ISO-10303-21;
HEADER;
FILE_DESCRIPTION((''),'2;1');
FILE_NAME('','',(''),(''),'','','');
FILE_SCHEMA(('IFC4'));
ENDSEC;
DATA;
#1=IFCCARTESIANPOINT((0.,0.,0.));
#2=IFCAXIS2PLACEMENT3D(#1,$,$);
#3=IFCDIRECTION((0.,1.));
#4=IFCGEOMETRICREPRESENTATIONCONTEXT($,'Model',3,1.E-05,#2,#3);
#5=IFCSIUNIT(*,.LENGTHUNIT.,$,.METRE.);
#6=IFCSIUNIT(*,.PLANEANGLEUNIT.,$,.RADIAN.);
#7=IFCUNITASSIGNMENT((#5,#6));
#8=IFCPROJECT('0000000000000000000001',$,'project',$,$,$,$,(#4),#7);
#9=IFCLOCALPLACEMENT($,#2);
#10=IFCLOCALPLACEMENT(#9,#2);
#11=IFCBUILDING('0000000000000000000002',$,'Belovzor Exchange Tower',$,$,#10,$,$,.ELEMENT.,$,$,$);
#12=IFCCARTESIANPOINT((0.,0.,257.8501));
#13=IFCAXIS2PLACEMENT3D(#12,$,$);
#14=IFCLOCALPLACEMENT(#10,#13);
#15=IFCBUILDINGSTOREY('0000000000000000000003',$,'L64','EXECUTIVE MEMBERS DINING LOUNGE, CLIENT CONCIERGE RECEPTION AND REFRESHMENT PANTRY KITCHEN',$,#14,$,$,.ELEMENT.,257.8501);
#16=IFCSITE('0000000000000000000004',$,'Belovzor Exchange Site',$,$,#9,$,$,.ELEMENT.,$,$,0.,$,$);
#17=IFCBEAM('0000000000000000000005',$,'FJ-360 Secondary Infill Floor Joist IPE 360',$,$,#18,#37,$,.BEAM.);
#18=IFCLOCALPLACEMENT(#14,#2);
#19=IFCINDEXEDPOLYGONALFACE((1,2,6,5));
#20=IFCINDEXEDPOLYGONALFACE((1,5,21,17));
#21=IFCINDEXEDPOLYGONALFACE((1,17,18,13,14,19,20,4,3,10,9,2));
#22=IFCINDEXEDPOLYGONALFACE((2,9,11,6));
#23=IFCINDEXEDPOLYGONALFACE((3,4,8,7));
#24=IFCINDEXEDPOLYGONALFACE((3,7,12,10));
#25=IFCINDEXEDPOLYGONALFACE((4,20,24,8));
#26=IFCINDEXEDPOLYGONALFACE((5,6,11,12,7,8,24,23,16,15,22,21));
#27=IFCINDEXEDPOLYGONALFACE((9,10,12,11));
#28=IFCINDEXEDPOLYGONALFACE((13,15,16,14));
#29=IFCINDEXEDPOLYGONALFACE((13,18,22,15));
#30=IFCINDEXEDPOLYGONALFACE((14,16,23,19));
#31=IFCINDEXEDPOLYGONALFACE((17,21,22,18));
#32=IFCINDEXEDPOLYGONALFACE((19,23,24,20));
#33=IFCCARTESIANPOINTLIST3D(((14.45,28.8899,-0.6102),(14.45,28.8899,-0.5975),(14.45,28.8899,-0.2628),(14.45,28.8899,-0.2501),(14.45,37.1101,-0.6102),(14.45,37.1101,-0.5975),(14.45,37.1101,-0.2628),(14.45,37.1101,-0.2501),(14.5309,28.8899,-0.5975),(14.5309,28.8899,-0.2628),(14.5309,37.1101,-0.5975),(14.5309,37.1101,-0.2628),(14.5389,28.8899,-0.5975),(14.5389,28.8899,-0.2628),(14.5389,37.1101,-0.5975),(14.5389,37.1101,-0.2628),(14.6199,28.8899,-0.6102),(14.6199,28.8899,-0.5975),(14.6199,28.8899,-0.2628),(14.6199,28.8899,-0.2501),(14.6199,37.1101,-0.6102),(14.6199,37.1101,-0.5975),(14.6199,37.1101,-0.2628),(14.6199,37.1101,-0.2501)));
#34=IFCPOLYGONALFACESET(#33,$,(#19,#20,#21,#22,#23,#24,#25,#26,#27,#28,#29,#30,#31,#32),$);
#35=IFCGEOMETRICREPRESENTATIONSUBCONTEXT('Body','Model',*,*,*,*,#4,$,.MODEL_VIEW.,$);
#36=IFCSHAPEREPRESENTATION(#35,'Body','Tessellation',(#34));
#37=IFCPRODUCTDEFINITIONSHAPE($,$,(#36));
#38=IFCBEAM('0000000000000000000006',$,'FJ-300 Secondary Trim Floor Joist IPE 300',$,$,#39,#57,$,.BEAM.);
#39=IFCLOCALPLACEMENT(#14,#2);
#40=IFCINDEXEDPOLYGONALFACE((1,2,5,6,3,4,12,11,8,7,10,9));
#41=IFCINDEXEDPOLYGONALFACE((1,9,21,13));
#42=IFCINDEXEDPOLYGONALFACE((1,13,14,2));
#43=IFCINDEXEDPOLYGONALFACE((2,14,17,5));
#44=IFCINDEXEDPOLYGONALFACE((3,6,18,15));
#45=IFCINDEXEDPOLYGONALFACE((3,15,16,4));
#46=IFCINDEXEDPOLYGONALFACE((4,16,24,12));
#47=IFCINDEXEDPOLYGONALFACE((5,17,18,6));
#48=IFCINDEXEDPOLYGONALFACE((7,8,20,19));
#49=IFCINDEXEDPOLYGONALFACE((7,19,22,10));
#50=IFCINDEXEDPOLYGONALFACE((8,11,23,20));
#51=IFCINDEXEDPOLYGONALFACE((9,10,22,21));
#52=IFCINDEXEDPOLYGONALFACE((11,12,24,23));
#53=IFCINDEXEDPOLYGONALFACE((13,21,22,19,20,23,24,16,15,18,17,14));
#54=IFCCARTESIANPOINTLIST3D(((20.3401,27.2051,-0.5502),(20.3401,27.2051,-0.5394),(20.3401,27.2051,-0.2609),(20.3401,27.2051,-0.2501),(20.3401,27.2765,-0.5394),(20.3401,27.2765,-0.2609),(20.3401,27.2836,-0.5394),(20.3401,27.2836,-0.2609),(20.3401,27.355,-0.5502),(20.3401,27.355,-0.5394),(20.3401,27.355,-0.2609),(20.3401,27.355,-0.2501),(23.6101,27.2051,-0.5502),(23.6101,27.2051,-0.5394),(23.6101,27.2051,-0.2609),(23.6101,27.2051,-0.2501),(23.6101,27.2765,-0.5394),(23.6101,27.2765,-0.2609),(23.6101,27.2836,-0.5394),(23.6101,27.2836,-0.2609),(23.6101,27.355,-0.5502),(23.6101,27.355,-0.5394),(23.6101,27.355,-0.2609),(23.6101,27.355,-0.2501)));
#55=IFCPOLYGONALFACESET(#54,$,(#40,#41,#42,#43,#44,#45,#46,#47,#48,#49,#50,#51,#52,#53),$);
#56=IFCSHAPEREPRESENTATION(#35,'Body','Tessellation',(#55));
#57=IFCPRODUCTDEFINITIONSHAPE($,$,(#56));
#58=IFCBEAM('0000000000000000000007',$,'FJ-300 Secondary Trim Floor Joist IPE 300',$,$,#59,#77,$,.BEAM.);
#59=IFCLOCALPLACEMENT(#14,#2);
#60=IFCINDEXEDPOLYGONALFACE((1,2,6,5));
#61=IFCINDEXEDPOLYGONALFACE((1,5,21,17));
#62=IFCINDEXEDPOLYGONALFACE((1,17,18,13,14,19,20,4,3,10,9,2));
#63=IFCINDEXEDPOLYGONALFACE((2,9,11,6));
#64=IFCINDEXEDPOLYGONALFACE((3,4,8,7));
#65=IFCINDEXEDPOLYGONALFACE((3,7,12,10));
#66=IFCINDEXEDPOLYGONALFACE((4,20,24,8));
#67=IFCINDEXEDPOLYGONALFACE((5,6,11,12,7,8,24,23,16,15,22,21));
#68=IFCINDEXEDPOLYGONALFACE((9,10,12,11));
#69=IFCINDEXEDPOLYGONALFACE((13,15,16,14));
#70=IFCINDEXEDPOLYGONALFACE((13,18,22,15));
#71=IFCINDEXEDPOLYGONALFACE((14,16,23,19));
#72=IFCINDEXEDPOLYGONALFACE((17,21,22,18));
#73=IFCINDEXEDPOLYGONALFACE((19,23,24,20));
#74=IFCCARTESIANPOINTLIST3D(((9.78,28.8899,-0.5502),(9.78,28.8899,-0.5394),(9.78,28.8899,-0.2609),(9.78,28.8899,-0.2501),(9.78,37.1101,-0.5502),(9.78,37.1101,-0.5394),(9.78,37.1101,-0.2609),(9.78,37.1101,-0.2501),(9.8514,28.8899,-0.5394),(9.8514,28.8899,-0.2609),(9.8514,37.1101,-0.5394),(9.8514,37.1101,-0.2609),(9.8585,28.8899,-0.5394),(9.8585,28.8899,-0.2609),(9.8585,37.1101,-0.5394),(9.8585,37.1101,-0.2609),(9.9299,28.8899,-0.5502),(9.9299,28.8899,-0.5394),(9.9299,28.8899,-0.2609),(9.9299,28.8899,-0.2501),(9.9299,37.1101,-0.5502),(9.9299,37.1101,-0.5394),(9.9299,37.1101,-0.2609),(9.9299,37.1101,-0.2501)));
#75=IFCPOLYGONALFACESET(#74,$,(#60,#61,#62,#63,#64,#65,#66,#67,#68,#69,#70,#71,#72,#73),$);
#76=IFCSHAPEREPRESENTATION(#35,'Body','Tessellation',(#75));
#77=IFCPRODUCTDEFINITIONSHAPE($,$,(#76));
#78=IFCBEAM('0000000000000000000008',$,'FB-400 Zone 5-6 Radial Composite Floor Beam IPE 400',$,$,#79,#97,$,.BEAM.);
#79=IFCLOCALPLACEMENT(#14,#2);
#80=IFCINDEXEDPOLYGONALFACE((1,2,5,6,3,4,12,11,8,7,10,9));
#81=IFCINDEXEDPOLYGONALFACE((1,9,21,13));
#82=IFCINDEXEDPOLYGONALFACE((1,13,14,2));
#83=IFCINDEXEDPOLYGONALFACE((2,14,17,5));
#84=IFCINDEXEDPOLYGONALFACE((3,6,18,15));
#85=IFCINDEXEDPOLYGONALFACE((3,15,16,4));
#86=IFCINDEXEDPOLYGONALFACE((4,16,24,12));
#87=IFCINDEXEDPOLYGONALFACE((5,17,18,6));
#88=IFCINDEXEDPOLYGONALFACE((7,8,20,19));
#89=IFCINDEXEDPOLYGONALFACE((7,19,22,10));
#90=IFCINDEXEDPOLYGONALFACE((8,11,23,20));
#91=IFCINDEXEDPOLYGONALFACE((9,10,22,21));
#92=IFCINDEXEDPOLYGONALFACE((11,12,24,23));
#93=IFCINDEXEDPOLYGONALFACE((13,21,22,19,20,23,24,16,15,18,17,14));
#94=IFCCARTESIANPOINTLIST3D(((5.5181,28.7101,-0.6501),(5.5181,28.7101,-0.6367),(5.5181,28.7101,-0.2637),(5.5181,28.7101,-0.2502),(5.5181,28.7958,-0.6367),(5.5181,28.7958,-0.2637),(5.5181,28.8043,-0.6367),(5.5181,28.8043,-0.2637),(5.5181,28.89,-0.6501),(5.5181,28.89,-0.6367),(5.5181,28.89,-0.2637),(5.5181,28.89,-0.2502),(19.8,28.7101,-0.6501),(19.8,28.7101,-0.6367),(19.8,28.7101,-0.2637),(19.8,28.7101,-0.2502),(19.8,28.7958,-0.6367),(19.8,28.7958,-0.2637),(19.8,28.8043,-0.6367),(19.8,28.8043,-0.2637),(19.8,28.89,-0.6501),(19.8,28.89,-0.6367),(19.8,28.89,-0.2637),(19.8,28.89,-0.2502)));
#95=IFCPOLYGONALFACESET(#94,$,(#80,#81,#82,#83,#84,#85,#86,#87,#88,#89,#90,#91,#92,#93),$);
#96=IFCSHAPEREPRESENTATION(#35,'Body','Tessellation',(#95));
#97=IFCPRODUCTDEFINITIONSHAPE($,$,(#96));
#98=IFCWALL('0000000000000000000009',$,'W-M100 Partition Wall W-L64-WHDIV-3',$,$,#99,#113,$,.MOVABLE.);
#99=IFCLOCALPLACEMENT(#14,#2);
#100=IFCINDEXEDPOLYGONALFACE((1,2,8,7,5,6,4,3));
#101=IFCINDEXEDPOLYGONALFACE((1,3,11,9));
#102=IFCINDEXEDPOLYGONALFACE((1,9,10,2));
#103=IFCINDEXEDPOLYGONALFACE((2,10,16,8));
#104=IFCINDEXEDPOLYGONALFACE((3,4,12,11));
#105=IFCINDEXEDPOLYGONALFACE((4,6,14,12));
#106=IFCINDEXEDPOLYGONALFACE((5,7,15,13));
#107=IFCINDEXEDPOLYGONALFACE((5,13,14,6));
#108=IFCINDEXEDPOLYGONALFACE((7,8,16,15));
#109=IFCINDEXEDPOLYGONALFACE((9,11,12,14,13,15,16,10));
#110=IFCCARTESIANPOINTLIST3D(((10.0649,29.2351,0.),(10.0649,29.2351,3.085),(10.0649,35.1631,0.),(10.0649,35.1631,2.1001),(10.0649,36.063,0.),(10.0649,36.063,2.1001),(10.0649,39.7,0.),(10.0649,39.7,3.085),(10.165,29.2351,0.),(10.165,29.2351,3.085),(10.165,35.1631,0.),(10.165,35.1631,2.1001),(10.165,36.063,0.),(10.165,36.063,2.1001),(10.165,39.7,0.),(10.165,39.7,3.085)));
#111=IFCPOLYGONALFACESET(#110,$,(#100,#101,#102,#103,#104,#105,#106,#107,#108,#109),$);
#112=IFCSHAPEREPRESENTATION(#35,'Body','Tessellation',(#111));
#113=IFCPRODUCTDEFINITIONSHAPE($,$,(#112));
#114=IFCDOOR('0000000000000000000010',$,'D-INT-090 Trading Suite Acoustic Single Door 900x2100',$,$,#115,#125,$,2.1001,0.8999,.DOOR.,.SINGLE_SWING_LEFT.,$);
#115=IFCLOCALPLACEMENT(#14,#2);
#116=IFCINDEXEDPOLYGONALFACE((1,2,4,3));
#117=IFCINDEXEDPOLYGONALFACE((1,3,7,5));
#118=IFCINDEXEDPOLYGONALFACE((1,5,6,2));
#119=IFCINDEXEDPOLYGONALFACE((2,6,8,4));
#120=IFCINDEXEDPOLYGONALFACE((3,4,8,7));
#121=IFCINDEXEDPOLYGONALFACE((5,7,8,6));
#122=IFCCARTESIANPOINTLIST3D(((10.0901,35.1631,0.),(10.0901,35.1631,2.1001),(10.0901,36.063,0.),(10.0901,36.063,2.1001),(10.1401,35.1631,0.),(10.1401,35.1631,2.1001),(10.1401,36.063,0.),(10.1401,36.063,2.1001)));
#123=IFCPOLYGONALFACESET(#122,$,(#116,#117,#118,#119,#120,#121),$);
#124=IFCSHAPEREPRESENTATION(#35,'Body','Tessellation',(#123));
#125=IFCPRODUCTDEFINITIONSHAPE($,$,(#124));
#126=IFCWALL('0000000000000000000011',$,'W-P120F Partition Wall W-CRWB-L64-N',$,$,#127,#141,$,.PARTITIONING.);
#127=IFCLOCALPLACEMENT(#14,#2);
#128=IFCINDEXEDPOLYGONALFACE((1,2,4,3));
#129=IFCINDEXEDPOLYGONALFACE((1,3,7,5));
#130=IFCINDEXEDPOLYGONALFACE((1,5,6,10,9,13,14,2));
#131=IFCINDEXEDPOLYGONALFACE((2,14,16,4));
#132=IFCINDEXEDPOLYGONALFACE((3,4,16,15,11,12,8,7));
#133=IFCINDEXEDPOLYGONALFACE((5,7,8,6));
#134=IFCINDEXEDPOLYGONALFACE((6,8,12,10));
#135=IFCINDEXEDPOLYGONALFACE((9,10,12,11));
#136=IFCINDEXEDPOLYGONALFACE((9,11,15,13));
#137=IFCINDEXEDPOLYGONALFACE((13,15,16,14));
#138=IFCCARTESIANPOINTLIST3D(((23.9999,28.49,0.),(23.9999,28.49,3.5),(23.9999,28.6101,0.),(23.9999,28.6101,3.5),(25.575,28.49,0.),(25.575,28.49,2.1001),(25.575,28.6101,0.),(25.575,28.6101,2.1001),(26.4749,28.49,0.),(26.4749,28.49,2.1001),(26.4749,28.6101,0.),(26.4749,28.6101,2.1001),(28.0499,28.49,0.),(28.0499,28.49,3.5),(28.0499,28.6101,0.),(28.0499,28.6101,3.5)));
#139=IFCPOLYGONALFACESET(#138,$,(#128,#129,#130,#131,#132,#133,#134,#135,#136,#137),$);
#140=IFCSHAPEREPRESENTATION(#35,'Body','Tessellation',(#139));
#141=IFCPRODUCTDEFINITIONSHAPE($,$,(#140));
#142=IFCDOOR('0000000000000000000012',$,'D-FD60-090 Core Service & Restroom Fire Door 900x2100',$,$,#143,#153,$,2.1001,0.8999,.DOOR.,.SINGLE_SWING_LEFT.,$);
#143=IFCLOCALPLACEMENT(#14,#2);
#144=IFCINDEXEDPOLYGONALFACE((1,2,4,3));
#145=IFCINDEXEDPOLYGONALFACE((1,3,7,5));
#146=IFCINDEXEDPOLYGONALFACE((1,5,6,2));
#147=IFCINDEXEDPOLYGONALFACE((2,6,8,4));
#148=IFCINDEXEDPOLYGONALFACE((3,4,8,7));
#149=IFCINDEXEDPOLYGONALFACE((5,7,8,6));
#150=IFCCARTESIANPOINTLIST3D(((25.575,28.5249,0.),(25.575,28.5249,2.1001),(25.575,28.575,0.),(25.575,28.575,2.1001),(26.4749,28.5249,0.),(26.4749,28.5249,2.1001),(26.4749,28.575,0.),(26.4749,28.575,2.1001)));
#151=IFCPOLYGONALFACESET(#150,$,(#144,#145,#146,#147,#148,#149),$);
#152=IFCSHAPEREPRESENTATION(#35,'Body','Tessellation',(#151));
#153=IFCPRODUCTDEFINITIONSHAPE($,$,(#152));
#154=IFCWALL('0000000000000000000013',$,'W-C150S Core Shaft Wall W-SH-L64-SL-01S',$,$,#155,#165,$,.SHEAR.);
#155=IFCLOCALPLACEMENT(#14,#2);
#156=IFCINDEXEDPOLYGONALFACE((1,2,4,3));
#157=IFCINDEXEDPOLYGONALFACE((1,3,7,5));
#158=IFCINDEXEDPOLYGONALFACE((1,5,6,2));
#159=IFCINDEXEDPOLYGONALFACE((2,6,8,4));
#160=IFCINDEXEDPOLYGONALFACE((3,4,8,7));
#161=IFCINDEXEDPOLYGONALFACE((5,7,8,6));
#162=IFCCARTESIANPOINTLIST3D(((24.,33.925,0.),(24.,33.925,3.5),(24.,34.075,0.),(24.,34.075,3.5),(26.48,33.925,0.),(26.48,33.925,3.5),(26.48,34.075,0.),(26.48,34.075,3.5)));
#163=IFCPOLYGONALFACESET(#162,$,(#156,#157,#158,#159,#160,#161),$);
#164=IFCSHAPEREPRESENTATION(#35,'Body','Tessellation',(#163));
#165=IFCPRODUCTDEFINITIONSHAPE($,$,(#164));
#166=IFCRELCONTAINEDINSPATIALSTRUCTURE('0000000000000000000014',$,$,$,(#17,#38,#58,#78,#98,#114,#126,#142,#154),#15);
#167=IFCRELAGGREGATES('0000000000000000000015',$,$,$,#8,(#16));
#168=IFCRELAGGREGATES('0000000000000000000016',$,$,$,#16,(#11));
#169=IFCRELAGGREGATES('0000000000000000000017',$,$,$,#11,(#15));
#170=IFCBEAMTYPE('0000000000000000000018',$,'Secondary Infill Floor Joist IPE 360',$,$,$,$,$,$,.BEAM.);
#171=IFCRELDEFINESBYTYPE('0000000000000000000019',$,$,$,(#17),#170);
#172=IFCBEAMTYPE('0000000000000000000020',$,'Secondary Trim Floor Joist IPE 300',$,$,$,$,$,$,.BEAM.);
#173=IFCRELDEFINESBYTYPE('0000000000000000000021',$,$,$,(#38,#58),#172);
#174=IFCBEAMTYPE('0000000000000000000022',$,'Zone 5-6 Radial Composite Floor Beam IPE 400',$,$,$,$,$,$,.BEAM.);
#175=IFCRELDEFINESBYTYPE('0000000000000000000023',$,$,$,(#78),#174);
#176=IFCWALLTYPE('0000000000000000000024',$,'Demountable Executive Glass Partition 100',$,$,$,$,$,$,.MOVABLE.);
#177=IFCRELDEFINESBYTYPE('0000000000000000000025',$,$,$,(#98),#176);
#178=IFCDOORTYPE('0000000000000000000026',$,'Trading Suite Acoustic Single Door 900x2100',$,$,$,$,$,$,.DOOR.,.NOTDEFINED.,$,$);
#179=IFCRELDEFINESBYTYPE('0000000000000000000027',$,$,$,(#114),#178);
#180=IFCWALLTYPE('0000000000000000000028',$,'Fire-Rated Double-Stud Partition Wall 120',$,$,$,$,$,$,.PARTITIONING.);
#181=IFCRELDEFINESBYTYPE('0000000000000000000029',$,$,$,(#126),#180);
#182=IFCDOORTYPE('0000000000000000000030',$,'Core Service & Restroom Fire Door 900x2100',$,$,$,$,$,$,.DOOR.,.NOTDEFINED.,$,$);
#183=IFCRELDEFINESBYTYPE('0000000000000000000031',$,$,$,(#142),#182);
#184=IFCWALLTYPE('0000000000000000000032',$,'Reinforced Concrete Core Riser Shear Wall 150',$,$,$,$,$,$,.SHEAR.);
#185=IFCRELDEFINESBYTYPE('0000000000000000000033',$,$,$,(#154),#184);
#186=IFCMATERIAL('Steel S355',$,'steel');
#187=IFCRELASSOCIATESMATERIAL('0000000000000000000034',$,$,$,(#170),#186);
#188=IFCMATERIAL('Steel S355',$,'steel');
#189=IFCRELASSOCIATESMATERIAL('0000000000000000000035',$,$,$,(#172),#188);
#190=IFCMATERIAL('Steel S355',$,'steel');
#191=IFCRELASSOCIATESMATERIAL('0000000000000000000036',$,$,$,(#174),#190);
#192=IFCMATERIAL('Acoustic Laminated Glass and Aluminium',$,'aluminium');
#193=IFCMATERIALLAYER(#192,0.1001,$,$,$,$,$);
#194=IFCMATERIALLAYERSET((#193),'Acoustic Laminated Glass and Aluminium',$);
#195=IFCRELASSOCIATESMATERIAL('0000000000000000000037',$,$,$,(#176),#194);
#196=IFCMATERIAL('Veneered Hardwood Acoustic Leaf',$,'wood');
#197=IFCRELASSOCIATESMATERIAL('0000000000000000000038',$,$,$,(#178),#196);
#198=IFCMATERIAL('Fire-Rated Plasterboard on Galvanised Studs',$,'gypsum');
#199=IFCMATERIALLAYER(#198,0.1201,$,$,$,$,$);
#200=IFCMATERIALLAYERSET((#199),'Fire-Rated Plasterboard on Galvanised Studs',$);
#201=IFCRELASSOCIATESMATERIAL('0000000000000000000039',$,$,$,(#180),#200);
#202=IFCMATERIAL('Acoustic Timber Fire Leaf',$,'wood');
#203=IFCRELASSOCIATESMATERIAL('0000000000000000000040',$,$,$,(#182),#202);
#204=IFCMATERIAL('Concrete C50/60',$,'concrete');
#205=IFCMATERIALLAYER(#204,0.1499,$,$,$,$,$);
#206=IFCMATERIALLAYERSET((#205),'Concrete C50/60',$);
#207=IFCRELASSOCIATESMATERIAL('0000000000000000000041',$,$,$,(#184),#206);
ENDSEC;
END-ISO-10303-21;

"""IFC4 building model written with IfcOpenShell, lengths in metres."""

from ifc_helpers import new_model, si_unit, direction, frame, frame_2d, origin, origin_2d, place, context, subcontext, project, spatial, rectangle, i_section, extrude, material, layer, layer_set, material_profile, profile_set, type_object, element, fill, save


model = new_model("IFC4")

# Units and contexts
model_context = context("Model", 3, precision=1e-05, world=origin(), true_north=direction((0.0, 1.0)))
body_context = subcontext(model_context, "Body", "Model", "MODEL_VIEW")
ifc_project = project(units=[si_unit("LENGTHUNIT", "METRE"), si_unit("PLANEANGLEUNIT", "RADIAN")], contexts=[model_context])

# Site, building, storey
site_placement = place(None, origin())
site = spatial("IfcSite", under=ifc_project, at=site_placement, Name="Belovzor Exchange Site", CompositionType="ELEMENT", RefElevation=0.0)
building_placement = place(site_placement, origin())
building = spatial("IfcBuilding", under=site, at=building_placement, Name="Belovzor Exchange Tower", CompositionType="ELEMENT")
storey_placement = place(building_placement, frame((0.0, 0.0, 257.8501)))
storey = spatial("IfcBuildingStorey", under=building, at=storey_placement, Name="L64", Description="EXECUTIVE MEMBERS DINING LOUNGE, CLIENT CONCIERGE RECEPTION AND REFRESHMENT PANTRY KITCHEN", CompositionType="ELEMENT", Elevation=257.8501)

# Beams
ifc_material_1 = material(Name="Steel S355", Category="steel")
ifc_material_profile_1 = material_profile(ifc_material_1, i_section(OverallWidth=0.1699, OverallDepth=0.3601, WebThickness=0.0081, FlangeThickness=0.0127, at=origin_2d()))
ifc_profile_set_1 = profile_set([ifc_material_profile_1], Name="Steel S355")
beam_type_1 = type_object("IfcBeamType", Name="Secondary Infill Floor Joist IPE 360", PredefinedType="BEAM", material=ifc_profile_set_1)
beam_1_placement = place(storey_placement, frame((14.5349, 28.8899, -0.4302), z_axis=(0.0, 1.0, 0.0), x_axis=(-1.0, 0.0, 0.0)))
element("IfcBeam", 1, at=beam_1_placement, inside=storey, type_object=beam_type_1, Name="FJ-360 Secondary Infill Floor Joist IPE 360", PredefinedType="BEAM", context=body_context, shape_type="SweptSolid", body=[
    extrude(i_section(OverallWidth=0.1699, OverallDepth=0.3601, WebThickness=0.0081, FlangeThickness=0.0127, at=origin_2d()), origin(), (0.0, 0.0, 1.0), 8.2202),
])
ifc_material_2 = material(Name="Steel S355", Category="steel")
ifc_material_profile_2 = material_profile(ifc_material_2, i_section(OverallWidth=0.1499, OverallDepth=0.3, WebThickness=0.0071, FlangeThickness=0.0107, at=origin_2d()))
ifc_profile_set_2 = profile_set([ifc_material_profile_2], Name="Steel S355")
beam_type_2 = type_object("IfcBeamType", Name="Secondary Trim Floor Joist IPE 300", PredefinedType="BEAM", material=ifc_profile_set_2)
beam_2_placement = place(storey_placement, frame((20.3401, 27.28, -0.4001), z_axis=(1.0, 0.0, 0.0), x_axis=(0.0, 1.0, 0.0)))
element("IfcBeam", 2, at=beam_2_placement, inside=storey, type_object=beam_type_2, Name="FJ-300 Secondary Trim Floor Joist IPE 300", PredefinedType="BEAM", context=body_context, shape_type="SweptSolid", body=[
    extrude(i_section(OverallWidth=0.1499, OverallDepth=0.3, WebThickness=0.0071, FlangeThickness=0.0107, at=origin_2d()), origin(), (0.0, 0.0, 1.0), 3.27),
])
beam_3_placement = place(storey_placement, frame((9.855, 28.8899, -0.4001), z_axis=(0.0, 1.0, 0.0), x_axis=(-1.0, 0.0, 0.0)))
element("IfcBeam", 3, at=beam_3_placement, inside=storey, type_object=beam_type_2, Name="FJ-300 Secondary Trim Floor Joist IPE 300", PredefinedType="BEAM", context=body_context, shape_type="SweptSolid", body=[
    extrude(i_section(OverallWidth=0.1499, OverallDepth=0.3, WebThickness=0.0071, FlangeThickness=0.0107, at=origin_2d()), origin(), (0.0, 0.0, 1.0), 8.2202),
])
ifc_material_3 = material(Name="Steel S355", Category="steel")
ifc_material_profile_3 = material_profile(ifc_material_3, i_section(OverallWidth=0.1799, OverallDepth=0.3999, WebThickness=0.0085, FlangeThickness=0.0134, at=origin_2d()))
ifc_profile_set_3 = profile_set([ifc_material_profile_3], Name="Steel S355")
beam_type_3 = type_object("IfcBeamType", Name="Zone 5-6 Radial Composite Floor Beam IPE 400", PredefinedType="BEAM", material=ifc_profile_set_3)
beam_4_placement = place(storey_placement, frame((19.8, 28.8, -0.4502), z_axis=(-1.0, 0.0, 0.0), x_axis=(0.0, -1.0, 0.0)))
element("IfcBeam", 4, at=beam_4_placement, inside=storey, type_object=beam_type_3, Name="FB-400 Zone 5-6 Radial Composite Floor Beam IPE 400", PredefinedType="BEAM", context=body_context, shape_type="SweptSolid", body=[
    extrude(i_section(OverallWidth=0.1799, OverallDepth=0.3999, WebThickness=0.0085, FlangeThickness=0.0134, at=origin_2d()), origin(), (0.0, 0.0, 1.0), 14.282),
])

# Walls, openings, doors
ifc_material_4 = material(Name="Acoustic Laminated Glass and Aluminium", Category="aluminium")
ifc_layer_1 = layer(ifc_material_4, 0.1001)
ifc_layer_set_1 = layer_set([ifc_layer_1], Name="Acoustic Laminated Glass and Aluminium")
wall_type_1 = type_object("IfcWallType", Name="Demountable Executive Glass Partition 100", PredefinedType="MOVABLE", material=ifc_layer_set_1)
wall_1_placement = place(storey_placement, frame((10.115, 29.2351, 0.0), z_axis=(0.0, 0.0, 1.0), x_axis=(0.0, 1.0, 0.0)))
wall_1 = element("IfcWall", 5, at=wall_1_placement, inside=storey, type_object=wall_type_1, Name="W-M100 Partition Wall W-L64-WHDIV-3", PredefinedType="MOVABLE", context=body_context, shape_type="SweptSolid", body=[
    extrude(rectangle(XDim=10.4648, YDim=0.1001, at=frame_2d((5.2324, 0.0))), origin(), (0.0, 0.0, 1.0), 3.085),
])
opening_1_placement = place(wall_1_placement, frame((5.928, 0.0, 0.0)))
opening_1 = element("IfcOpeningElement", 6, at=opening_1_placement, cuts=wall_1, PredefinedType="OPENING", context=body_context, shape_type="SweptSolid", body=[
    extrude(rectangle(XDim=0.8999, YDim=2.1001, at=frame_2d((0.45, 1.05))), frame((0.0, 0.0601, 0.0), z_axis=(0.0, -1.0, 0.0), x_axis=(1.0, 0.0, 0.0)), (0.0, 0.0, 1.0), 0.1201),
])
ifc_material_5 = material(Name="Veneered Hardwood Acoustic Leaf", Category="wood")
door_type_1 = type_object("IfcDoorType", Name="Trading Suite Acoustic Single Door 900x2100", OperationType="NOTDEFINED", PredefinedType="DOOR", material=ifc_material_5)
door_1_placement = place(opening_1_placement, origin())
door_1 = element("IfcDoor", 7, at=door_1_placement, inside=storey, type_object=door_type_1, Name="D-INT-090 Trading Suite Acoustic Single Door 900x2100", OperationType="SINGLE_SWING_LEFT", OverallHeight=2.1001, OverallWidth=0.8999, PredefinedType="DOOR", context=body_context, shape_type="SweptSolid", body=[
    extrude(rectangle(XDim=0.8999, YDim=2.1001, at=frame_2d((0.45, 1.05))), frame((0.0, 0.0249, 0.0), z_axis=(0.0, -1.0, 0.0), x_axis=(1.0, 0.0, 0.0)), (0.0, 0.0, 1.0), 0.05),
])
fill(opening_1, door_1)
ifc_material_6 = material(Name="Fire-Rated Plasterboard on Galvanised Studs", Category="gypsum")
ifc_layer_2 = layer(ifc_material_6, 0.1201)
ifc_layer_set_2 = layer_set([ifc_layer_2], Name="Fire-Rated Plasterboard on Galvanised Studs")
wall_type_2 = type_object("IfcWallType", Name="Fire-Rated Double-Stud Partition Wall 120", PredefinedType="PARTITIONING", material=ifc_layer_set_2)
wall_2_placement = place(storey_placement, frame((24.0, 28.55, 0.0), z_axis=(0.0, 0.0, 1.0), x_axis=(1.0, 0.0, 0.0)))
wall_2 = element("IfcWall", 8, at=wall_2_placement, inside=storey, type_object=wall_type_2, Name="W-P120F Partition Wall W-CRWB-L64-N", PredefinedType="PARTITIONING", context=body_context, shape_type="SweptSolid", body=[
    extrude(rectangle(XDim=4.05, YDim=0.1201, at=frame_2d((2.0249, 0.0))), origin(), (0.0, 0.0, 1.0), 3.5),
])
opening_2_placement = place(wall_2_placement, frame((1.575, 0.0, 0.0)))
opening_2 = element("IfcOpeningElement", 9, at=opening_2_placement, cuts=wall_2, PredefinedType="OPENING", context=body_context, shape_type="SweptSolid", body=[
    extrude(rectangle(XDim=0.8999, YDim=2.1001, at=frame_2d((0.45, 1.05))), frame((0.0, 0.0701, 0.0), z_axis=(0.0, -1.0, 0.0), x_axis=(1.0, 0.0, 0.0)), (0.0, 0.0, 1.0), 0.1401),
])
ifc_material_7 = material(Name="Acoustic Timber Fire Leaf", Category="wood")
door_type_2 = type_object("IfcDoorType", Name="Core Service & Restroom Fire Door 900x2100", OperationType="NOTDEFINED", PredefinedType="DOOR", material=ifc_material_7)
door_2_placement = place(opening_2_placement, origin())
door_2 = element("IfcDoor", 10, at=door_2_placement, inside=storey, type_object=door_type_2, Name="D-FD60-090 Core Service & Restroom Fire Door 900x2100", OperationType="SINGLE_SWING_LEFT", OverallHeight=2.1001, OverallWidth=0.8999, PredefinedType="DOOR", context=body_context, shape_type="SweptSolid", body=[
    extrude(rectangle(XDim=0.8999, YDim=2.1001, at=frame_2d((0.45, 1.05))), frame((0.0, 0.0249, 0.0), z_axis=(0.0, -1.0, 0.0), x_axis=(1.0, 0.0, 0.0)), (0.0, 0.0, 1.0), 0.05),
])
fill(opening_2, door_2)

# Wall
ifc_material_8 = material(Name="Concrete C50/60", Category="concrete")
ifc_layer_3 = layer(ifc_material_8, 0.1499)
ifc_layer_set_3 = layer_set([ifc_layer_3], Name="Concrete C50/60")
wall_type_3 = type_object("IfcWallType", Name="Reinforced Concrete Core Riser Shear Wall 150", PredefinedType="SHEAR", material=ifc_layer_set_3)
wall_3_placement = place(storey_placement, frame((24.0, 34.0, 0.0), z_axis=(0.0, 0.0, 1.0), x_axis=(1.0, 0.0, 0.0)))
element("IfcWall", 11, at=wall_3_placement, inside=storey, type_object=wall_type_3, Name="W-C150S Core Shaft Wall W-SH-L64-SL-01S", PredefinedType="SHEAR", context=body_context, shape_type="SweptSolid", body=[
    extrude(rectangle(XDim=2.48, YDim=0.1499, at=frame_2d((1.24, 0.0))), origin(), (0.0, 0.0, 1.0), 3.5),
])

save(model, "model.ifc")
